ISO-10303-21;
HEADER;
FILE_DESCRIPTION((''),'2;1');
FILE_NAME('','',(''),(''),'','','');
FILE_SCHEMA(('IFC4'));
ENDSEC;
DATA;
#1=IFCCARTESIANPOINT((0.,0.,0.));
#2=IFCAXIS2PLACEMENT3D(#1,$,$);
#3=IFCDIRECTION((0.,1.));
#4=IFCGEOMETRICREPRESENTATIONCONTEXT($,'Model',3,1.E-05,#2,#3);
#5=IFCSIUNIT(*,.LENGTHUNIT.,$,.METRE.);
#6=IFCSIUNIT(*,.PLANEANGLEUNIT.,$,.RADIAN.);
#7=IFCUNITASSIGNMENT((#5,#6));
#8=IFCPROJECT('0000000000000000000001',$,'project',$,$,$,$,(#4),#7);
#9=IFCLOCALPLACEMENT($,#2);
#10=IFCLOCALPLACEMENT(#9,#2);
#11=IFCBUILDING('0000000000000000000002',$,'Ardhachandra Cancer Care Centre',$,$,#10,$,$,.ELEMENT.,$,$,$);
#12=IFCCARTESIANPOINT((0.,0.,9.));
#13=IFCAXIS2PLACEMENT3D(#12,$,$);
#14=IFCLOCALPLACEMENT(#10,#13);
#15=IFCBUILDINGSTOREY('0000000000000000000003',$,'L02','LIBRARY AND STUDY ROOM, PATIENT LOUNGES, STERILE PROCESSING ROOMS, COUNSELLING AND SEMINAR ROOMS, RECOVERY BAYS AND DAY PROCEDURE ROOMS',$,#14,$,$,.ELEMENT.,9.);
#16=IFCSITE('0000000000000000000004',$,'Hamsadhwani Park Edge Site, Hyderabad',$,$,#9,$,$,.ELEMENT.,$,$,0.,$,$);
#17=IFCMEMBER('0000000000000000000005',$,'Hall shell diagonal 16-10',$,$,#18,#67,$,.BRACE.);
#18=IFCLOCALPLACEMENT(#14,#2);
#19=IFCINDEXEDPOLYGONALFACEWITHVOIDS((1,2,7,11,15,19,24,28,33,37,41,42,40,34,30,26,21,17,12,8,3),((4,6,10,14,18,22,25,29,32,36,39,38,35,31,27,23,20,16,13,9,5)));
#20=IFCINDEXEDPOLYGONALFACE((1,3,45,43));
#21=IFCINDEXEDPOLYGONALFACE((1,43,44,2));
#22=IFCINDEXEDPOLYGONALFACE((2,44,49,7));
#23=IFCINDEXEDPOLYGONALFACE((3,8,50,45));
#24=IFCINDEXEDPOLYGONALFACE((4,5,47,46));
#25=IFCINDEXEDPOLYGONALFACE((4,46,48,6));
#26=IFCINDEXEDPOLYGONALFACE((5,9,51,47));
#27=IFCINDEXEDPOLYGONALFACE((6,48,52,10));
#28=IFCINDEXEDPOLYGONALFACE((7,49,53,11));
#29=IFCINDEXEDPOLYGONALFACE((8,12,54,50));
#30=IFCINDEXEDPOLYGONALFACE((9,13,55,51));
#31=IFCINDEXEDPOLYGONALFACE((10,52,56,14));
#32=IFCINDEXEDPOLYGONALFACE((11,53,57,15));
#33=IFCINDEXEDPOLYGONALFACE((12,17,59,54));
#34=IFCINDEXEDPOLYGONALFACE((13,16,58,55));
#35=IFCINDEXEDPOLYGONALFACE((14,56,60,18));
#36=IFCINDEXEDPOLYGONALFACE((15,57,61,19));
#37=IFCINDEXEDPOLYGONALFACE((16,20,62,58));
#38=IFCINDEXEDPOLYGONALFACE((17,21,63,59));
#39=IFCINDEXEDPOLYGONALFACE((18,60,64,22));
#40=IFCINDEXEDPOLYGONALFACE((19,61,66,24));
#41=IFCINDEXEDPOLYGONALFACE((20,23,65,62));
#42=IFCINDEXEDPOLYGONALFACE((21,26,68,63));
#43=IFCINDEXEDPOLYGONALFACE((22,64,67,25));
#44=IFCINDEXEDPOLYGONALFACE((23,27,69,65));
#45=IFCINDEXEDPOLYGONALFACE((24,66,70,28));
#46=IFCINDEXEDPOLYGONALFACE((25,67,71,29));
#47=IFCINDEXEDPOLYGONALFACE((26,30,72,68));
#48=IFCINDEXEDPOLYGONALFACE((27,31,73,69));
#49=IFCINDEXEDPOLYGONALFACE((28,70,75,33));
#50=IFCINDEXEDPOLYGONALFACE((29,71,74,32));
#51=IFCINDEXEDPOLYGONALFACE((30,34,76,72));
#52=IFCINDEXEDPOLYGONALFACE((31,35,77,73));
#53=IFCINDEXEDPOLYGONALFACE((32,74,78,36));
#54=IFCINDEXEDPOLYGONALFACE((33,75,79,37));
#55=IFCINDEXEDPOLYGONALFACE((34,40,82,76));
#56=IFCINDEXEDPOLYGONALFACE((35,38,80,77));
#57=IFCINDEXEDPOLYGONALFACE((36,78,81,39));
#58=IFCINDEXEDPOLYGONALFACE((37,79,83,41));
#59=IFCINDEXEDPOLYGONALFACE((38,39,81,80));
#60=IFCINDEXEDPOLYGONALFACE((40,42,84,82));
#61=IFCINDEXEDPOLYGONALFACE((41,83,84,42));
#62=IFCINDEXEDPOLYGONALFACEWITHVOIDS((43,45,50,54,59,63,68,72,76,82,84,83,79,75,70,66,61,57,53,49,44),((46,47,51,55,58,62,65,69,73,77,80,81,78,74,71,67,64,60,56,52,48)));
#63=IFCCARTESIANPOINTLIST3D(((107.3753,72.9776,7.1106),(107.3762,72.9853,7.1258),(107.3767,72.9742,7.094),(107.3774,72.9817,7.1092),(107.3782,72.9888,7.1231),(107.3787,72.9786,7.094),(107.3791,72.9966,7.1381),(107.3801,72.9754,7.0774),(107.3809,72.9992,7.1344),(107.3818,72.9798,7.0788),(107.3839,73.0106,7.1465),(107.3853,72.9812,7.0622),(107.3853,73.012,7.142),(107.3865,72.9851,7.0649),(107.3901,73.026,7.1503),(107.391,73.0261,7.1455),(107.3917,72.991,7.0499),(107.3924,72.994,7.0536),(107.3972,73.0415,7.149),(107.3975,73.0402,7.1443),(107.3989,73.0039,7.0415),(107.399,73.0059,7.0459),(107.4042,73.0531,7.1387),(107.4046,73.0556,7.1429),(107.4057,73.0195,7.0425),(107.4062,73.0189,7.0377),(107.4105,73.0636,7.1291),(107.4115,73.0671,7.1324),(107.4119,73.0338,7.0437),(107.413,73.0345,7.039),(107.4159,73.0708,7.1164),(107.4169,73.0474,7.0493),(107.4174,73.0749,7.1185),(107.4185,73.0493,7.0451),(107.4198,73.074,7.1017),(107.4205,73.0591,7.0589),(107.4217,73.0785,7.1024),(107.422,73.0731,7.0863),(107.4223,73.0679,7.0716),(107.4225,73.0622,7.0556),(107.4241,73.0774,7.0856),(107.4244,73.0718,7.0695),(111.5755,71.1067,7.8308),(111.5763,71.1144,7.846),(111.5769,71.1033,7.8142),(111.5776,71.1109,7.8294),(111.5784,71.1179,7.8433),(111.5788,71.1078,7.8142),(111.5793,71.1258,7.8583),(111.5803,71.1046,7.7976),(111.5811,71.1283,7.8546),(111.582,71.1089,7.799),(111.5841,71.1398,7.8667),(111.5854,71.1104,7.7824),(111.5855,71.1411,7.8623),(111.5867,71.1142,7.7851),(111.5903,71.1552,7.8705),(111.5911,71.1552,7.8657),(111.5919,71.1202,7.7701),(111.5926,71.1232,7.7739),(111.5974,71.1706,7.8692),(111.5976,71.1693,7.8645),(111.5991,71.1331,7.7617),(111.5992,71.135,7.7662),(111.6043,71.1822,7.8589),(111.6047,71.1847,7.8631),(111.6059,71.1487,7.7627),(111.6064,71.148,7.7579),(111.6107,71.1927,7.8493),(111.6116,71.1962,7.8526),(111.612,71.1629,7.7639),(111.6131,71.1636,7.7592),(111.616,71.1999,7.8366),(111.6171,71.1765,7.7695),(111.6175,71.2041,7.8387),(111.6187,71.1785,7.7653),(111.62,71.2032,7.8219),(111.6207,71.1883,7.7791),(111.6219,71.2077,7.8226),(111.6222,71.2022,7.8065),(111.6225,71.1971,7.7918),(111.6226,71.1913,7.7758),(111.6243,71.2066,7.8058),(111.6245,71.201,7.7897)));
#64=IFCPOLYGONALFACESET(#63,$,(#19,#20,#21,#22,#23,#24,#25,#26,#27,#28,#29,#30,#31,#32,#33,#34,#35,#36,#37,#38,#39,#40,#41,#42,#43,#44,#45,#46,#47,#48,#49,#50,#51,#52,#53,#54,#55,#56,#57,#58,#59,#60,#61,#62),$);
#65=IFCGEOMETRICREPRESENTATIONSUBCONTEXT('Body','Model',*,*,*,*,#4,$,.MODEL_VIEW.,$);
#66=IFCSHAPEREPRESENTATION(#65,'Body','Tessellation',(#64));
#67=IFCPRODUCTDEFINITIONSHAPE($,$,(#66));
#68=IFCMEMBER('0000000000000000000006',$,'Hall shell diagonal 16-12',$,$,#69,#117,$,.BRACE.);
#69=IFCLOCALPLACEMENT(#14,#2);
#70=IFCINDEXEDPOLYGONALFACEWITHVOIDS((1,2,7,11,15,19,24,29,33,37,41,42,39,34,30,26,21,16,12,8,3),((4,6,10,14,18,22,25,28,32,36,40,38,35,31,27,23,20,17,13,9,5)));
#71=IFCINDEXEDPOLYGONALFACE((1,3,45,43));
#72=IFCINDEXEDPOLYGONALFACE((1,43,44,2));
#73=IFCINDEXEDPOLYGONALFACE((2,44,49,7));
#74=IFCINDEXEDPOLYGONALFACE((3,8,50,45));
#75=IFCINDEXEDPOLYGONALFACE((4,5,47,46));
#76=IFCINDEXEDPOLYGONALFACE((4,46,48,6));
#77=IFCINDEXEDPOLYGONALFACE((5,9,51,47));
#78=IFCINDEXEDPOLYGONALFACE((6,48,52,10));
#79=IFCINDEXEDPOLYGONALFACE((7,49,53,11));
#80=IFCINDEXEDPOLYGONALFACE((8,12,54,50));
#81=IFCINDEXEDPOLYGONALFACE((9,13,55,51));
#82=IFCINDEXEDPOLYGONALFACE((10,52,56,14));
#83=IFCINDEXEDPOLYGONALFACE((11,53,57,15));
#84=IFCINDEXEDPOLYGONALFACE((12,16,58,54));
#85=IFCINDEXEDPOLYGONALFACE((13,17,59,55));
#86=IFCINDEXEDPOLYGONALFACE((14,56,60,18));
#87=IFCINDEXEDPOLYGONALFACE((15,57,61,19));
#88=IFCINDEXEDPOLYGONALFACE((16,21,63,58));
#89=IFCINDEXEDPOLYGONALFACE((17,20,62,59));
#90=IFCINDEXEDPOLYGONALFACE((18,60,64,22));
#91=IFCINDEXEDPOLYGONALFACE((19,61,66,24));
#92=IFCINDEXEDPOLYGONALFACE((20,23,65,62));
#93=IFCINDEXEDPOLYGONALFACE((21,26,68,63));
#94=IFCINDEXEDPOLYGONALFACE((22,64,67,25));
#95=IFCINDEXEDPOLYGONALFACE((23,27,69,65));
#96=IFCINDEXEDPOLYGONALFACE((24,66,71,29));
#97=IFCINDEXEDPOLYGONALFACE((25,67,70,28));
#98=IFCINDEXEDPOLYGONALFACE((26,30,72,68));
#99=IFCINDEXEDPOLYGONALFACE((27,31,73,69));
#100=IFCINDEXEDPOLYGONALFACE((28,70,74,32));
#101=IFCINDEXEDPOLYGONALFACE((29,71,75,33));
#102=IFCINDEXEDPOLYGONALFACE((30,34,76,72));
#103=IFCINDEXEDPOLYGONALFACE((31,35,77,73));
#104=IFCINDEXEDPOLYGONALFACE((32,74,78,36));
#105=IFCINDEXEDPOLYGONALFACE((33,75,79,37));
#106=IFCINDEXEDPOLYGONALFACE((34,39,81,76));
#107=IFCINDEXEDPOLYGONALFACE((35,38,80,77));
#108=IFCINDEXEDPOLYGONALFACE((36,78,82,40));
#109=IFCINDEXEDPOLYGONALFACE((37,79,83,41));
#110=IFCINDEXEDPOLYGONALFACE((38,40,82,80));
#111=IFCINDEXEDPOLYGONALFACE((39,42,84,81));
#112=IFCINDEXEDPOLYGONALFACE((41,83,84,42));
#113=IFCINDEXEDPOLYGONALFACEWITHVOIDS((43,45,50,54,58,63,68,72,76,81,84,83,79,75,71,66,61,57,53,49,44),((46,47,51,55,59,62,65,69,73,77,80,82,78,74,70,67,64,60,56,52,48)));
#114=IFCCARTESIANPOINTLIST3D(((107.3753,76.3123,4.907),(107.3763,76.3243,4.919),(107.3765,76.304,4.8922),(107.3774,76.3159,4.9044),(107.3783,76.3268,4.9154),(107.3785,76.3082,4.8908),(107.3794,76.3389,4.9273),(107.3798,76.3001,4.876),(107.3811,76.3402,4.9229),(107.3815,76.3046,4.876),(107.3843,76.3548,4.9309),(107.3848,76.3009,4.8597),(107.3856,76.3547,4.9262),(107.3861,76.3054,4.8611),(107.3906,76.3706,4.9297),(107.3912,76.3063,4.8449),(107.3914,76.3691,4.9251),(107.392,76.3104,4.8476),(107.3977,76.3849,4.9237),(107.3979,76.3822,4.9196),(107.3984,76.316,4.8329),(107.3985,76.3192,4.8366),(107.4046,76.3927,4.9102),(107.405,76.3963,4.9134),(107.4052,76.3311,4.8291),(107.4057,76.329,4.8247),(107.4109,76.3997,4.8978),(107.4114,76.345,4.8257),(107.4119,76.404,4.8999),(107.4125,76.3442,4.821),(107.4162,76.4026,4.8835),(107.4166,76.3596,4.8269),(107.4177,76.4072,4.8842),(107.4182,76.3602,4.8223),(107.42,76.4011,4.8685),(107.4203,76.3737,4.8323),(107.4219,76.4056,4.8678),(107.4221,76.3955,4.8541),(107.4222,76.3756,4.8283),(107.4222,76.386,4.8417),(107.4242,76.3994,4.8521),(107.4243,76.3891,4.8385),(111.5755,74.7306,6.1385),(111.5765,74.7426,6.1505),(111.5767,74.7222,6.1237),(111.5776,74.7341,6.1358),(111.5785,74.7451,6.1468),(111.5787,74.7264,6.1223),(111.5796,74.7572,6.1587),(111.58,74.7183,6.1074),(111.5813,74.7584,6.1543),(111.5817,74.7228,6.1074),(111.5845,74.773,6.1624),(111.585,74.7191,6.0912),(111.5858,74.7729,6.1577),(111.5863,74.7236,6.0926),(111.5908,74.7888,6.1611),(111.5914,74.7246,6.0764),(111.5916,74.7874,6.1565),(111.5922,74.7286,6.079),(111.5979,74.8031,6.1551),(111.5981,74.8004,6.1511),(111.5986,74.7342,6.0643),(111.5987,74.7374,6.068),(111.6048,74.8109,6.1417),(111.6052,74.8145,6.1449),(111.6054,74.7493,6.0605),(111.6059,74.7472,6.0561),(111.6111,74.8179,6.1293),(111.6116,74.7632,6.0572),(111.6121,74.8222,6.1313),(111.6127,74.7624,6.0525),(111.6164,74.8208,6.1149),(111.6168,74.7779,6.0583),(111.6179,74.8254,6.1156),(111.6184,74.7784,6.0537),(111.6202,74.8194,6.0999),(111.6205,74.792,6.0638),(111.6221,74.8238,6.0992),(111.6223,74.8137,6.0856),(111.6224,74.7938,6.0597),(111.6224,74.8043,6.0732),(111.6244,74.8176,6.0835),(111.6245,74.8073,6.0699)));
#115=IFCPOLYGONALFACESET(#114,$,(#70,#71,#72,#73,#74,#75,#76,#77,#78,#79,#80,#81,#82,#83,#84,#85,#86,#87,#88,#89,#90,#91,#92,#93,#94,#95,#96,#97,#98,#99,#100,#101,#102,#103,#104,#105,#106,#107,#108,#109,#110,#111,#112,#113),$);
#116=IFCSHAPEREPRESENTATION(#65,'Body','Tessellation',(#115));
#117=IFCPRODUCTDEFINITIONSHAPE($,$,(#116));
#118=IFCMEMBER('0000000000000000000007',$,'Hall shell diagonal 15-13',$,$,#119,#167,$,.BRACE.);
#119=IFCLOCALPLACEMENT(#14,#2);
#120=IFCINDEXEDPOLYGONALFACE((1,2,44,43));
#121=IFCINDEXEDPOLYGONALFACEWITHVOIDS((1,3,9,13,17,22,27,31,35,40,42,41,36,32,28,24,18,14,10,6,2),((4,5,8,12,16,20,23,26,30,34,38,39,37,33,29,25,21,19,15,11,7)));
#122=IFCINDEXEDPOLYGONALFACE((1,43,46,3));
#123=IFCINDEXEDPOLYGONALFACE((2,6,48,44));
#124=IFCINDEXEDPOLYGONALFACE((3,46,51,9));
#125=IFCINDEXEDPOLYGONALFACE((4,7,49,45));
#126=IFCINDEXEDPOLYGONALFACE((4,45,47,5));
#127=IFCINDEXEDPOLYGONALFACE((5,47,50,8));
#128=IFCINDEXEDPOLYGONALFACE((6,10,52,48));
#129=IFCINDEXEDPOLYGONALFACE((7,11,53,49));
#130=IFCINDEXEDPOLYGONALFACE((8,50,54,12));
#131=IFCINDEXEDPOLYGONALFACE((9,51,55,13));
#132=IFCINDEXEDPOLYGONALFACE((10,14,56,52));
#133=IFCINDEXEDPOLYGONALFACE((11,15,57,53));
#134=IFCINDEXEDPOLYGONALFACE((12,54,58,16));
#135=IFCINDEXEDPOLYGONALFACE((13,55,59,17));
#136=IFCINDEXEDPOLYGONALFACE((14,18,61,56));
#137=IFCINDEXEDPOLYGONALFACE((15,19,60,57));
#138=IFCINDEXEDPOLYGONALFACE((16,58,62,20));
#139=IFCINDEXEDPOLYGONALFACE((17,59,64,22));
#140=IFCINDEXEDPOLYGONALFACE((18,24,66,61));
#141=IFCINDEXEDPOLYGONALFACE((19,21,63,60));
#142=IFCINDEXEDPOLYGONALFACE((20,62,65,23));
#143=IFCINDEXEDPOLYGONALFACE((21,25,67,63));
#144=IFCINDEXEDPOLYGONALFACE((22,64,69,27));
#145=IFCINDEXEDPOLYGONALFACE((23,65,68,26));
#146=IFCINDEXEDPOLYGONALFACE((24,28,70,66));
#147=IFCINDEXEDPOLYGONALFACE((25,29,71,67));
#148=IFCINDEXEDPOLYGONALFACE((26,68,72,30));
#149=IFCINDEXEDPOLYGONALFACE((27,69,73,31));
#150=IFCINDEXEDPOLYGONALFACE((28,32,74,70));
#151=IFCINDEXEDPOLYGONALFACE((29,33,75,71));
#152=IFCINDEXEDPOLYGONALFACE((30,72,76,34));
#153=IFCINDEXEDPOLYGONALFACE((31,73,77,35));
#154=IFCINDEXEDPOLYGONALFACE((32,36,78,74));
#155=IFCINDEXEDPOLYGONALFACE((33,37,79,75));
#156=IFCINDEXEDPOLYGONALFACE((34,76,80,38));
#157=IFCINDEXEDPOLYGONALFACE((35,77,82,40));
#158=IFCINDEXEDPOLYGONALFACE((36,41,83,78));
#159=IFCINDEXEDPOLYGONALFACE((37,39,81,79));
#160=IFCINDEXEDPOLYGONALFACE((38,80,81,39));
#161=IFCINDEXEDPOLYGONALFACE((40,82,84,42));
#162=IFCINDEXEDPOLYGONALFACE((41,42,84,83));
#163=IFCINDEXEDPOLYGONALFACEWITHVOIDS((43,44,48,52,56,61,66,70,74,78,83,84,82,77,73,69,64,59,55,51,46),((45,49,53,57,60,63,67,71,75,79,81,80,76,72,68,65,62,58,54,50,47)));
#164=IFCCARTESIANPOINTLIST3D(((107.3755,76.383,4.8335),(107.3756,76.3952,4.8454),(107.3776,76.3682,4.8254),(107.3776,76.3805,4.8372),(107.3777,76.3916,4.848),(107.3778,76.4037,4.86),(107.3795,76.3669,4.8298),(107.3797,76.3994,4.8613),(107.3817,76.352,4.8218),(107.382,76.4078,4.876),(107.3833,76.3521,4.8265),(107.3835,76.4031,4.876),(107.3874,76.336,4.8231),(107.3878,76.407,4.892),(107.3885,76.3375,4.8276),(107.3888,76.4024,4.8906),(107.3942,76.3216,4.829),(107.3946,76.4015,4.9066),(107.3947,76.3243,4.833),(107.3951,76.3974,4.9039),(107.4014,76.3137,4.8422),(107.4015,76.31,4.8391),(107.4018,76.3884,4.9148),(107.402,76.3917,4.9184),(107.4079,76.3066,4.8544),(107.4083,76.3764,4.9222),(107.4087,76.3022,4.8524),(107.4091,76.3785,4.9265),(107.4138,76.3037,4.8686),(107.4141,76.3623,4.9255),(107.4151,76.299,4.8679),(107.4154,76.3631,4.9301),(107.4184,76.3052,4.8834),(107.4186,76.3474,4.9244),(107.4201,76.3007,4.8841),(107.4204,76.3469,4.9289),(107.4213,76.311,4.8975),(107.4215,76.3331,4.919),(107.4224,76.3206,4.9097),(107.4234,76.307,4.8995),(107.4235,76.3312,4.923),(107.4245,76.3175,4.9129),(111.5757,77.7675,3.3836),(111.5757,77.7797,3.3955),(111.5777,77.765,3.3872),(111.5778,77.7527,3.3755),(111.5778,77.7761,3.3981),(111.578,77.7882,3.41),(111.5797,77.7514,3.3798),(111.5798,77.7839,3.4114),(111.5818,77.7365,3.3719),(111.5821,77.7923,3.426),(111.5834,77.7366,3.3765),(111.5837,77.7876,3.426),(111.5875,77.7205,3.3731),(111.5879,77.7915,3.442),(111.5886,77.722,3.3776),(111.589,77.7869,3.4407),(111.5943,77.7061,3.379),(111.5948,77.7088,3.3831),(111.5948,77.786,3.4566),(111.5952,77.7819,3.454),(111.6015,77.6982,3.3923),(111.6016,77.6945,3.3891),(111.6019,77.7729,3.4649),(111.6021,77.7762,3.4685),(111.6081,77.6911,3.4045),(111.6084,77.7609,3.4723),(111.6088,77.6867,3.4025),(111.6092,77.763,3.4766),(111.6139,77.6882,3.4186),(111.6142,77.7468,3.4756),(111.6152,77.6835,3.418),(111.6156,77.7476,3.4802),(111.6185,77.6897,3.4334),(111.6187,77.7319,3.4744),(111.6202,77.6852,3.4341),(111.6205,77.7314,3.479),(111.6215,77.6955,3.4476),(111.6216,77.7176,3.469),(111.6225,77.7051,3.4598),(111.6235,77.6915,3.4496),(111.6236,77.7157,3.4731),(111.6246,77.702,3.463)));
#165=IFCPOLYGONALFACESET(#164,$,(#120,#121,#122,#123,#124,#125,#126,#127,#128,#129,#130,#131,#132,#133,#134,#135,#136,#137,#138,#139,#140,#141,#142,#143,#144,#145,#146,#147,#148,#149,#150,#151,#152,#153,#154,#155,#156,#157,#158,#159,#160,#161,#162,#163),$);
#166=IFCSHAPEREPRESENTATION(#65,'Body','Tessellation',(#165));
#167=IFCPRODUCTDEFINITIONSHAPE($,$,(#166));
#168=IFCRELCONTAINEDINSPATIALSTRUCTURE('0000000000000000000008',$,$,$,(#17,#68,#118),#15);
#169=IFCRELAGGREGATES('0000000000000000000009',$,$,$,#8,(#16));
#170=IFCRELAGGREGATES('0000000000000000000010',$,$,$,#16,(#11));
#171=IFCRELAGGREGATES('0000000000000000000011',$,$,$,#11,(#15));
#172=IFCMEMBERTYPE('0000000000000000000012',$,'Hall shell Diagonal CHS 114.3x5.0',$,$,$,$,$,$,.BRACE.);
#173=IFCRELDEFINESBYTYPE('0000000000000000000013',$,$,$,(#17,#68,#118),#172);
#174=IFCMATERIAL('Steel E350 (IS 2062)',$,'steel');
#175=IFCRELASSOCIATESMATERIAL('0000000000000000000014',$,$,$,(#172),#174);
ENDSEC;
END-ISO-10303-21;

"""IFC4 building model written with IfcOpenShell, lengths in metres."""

from ifc_helpers import new_model, si_unit, direction, frame, origin, origin_2d, place, context, subcontext, project, spatial, hollow_circle, extrude, material, material_profile, profile_set, type_object, element, save


model = new_model("IFC4")

# Units and contexts
model_context = context("Model", 3, precision=1e-05, world=origin(), true_north=direction((0.0, 1.0)))
body_context = subcontext(model_context, "Body", "Model", "MODEL_VIEW")
ifc_project = project(units=[si_unit("LENGTHUNIT", "METRE"), si_unit("PLANEANGLEUNIT", "RADIAN")], contexts=[model_context])

# Site, building, storey
site_placement = place(None, origin())
site = spatial("IfcSite", under=ifc_project, at=site_placement, Name="Hamsadhwani Park Edge Site, Hyderabad", CompositionType="ELEMENT", RefElevation=0.0)
building_placement = place(site_placement, origin())
building = spatial("IfcBuilding", under=site, at=building_placement, Name="Ardhachandra Cancer Care Centre", CompositionType="ELEMENT")
storey_placement = place(building_placement, frame((0.0, 0.0, 9.0)))
storey = spatial("IfcBuildingStorey", under=building, at=storey_placement, Name="L02", Description="LIBRARY AND STUDY ROOM, PATIENT LOUNGES, STERILE PROCESSING ROOMS, COUNSELLING AND SEMINAR ROOMS, RECOVERY BAYS AND DAY PROCEDURE ROOMS", CompositionType="ELEMENT", Elevation=9.0)

# Members
ifc_material_1 = material(Name="Steel E350 (IS 2062)", Category="steel")
ifc_material_profile_1 = material_profile(ifc_material_1, hollow_circle(Radius=0.0571, WallThickness=0.0049, at=origin_2d()), Name="CHS 114.3x5.0")
ifc_profile_set_1 = profile_set([ifc_material_profile_1], Name="Steel E350 (IS 2062)")
member_type_1 = type_object("IfcMemberType", Name="Hall shell Diagonal CHS 114.3x5.0", PredefinedType="BRACE", material=ifc_profile_set_1)
for number, where, z_axis, x_axis, name in (
    (1, (111.6001, 71.1555, 7.8142), (-0.902477, 0.401981, -0.154749), (-0.406882, -0.913481, 0.0), "Hall shell diagonal 16-10"),
    (2, (111.6001, 74.7717, 6.1074), (-0.902482, 0.339874, -0.264597), (-0.352435, -0.935836, 0.0), "Hall shell diagonal 16-12"),
    (3, (107.3999, 76.3535, 4.876), (0.902467, 0.297483, -0.311541), (-0.313063, 0.949732, 0.0), "Hall shell diagonal 15-13"),
):
    element("IfcMember", number, at=place(storey_placement, frame(where, z_axis=z_axis, x_axis=x_axis)), inside=storey, type_object=member_type_1, Name=name, PredefinedType="BRACE", context=body_context, shape_type="SweptSolid", body=[
        extrude(hollow_circle(Radius=0.0571, WallThickness=0.0049, at=origin_2d()), origin(), (0.0, 0.0, 1.0), 4.6541),
    ])

save(model, "model.ifc")
